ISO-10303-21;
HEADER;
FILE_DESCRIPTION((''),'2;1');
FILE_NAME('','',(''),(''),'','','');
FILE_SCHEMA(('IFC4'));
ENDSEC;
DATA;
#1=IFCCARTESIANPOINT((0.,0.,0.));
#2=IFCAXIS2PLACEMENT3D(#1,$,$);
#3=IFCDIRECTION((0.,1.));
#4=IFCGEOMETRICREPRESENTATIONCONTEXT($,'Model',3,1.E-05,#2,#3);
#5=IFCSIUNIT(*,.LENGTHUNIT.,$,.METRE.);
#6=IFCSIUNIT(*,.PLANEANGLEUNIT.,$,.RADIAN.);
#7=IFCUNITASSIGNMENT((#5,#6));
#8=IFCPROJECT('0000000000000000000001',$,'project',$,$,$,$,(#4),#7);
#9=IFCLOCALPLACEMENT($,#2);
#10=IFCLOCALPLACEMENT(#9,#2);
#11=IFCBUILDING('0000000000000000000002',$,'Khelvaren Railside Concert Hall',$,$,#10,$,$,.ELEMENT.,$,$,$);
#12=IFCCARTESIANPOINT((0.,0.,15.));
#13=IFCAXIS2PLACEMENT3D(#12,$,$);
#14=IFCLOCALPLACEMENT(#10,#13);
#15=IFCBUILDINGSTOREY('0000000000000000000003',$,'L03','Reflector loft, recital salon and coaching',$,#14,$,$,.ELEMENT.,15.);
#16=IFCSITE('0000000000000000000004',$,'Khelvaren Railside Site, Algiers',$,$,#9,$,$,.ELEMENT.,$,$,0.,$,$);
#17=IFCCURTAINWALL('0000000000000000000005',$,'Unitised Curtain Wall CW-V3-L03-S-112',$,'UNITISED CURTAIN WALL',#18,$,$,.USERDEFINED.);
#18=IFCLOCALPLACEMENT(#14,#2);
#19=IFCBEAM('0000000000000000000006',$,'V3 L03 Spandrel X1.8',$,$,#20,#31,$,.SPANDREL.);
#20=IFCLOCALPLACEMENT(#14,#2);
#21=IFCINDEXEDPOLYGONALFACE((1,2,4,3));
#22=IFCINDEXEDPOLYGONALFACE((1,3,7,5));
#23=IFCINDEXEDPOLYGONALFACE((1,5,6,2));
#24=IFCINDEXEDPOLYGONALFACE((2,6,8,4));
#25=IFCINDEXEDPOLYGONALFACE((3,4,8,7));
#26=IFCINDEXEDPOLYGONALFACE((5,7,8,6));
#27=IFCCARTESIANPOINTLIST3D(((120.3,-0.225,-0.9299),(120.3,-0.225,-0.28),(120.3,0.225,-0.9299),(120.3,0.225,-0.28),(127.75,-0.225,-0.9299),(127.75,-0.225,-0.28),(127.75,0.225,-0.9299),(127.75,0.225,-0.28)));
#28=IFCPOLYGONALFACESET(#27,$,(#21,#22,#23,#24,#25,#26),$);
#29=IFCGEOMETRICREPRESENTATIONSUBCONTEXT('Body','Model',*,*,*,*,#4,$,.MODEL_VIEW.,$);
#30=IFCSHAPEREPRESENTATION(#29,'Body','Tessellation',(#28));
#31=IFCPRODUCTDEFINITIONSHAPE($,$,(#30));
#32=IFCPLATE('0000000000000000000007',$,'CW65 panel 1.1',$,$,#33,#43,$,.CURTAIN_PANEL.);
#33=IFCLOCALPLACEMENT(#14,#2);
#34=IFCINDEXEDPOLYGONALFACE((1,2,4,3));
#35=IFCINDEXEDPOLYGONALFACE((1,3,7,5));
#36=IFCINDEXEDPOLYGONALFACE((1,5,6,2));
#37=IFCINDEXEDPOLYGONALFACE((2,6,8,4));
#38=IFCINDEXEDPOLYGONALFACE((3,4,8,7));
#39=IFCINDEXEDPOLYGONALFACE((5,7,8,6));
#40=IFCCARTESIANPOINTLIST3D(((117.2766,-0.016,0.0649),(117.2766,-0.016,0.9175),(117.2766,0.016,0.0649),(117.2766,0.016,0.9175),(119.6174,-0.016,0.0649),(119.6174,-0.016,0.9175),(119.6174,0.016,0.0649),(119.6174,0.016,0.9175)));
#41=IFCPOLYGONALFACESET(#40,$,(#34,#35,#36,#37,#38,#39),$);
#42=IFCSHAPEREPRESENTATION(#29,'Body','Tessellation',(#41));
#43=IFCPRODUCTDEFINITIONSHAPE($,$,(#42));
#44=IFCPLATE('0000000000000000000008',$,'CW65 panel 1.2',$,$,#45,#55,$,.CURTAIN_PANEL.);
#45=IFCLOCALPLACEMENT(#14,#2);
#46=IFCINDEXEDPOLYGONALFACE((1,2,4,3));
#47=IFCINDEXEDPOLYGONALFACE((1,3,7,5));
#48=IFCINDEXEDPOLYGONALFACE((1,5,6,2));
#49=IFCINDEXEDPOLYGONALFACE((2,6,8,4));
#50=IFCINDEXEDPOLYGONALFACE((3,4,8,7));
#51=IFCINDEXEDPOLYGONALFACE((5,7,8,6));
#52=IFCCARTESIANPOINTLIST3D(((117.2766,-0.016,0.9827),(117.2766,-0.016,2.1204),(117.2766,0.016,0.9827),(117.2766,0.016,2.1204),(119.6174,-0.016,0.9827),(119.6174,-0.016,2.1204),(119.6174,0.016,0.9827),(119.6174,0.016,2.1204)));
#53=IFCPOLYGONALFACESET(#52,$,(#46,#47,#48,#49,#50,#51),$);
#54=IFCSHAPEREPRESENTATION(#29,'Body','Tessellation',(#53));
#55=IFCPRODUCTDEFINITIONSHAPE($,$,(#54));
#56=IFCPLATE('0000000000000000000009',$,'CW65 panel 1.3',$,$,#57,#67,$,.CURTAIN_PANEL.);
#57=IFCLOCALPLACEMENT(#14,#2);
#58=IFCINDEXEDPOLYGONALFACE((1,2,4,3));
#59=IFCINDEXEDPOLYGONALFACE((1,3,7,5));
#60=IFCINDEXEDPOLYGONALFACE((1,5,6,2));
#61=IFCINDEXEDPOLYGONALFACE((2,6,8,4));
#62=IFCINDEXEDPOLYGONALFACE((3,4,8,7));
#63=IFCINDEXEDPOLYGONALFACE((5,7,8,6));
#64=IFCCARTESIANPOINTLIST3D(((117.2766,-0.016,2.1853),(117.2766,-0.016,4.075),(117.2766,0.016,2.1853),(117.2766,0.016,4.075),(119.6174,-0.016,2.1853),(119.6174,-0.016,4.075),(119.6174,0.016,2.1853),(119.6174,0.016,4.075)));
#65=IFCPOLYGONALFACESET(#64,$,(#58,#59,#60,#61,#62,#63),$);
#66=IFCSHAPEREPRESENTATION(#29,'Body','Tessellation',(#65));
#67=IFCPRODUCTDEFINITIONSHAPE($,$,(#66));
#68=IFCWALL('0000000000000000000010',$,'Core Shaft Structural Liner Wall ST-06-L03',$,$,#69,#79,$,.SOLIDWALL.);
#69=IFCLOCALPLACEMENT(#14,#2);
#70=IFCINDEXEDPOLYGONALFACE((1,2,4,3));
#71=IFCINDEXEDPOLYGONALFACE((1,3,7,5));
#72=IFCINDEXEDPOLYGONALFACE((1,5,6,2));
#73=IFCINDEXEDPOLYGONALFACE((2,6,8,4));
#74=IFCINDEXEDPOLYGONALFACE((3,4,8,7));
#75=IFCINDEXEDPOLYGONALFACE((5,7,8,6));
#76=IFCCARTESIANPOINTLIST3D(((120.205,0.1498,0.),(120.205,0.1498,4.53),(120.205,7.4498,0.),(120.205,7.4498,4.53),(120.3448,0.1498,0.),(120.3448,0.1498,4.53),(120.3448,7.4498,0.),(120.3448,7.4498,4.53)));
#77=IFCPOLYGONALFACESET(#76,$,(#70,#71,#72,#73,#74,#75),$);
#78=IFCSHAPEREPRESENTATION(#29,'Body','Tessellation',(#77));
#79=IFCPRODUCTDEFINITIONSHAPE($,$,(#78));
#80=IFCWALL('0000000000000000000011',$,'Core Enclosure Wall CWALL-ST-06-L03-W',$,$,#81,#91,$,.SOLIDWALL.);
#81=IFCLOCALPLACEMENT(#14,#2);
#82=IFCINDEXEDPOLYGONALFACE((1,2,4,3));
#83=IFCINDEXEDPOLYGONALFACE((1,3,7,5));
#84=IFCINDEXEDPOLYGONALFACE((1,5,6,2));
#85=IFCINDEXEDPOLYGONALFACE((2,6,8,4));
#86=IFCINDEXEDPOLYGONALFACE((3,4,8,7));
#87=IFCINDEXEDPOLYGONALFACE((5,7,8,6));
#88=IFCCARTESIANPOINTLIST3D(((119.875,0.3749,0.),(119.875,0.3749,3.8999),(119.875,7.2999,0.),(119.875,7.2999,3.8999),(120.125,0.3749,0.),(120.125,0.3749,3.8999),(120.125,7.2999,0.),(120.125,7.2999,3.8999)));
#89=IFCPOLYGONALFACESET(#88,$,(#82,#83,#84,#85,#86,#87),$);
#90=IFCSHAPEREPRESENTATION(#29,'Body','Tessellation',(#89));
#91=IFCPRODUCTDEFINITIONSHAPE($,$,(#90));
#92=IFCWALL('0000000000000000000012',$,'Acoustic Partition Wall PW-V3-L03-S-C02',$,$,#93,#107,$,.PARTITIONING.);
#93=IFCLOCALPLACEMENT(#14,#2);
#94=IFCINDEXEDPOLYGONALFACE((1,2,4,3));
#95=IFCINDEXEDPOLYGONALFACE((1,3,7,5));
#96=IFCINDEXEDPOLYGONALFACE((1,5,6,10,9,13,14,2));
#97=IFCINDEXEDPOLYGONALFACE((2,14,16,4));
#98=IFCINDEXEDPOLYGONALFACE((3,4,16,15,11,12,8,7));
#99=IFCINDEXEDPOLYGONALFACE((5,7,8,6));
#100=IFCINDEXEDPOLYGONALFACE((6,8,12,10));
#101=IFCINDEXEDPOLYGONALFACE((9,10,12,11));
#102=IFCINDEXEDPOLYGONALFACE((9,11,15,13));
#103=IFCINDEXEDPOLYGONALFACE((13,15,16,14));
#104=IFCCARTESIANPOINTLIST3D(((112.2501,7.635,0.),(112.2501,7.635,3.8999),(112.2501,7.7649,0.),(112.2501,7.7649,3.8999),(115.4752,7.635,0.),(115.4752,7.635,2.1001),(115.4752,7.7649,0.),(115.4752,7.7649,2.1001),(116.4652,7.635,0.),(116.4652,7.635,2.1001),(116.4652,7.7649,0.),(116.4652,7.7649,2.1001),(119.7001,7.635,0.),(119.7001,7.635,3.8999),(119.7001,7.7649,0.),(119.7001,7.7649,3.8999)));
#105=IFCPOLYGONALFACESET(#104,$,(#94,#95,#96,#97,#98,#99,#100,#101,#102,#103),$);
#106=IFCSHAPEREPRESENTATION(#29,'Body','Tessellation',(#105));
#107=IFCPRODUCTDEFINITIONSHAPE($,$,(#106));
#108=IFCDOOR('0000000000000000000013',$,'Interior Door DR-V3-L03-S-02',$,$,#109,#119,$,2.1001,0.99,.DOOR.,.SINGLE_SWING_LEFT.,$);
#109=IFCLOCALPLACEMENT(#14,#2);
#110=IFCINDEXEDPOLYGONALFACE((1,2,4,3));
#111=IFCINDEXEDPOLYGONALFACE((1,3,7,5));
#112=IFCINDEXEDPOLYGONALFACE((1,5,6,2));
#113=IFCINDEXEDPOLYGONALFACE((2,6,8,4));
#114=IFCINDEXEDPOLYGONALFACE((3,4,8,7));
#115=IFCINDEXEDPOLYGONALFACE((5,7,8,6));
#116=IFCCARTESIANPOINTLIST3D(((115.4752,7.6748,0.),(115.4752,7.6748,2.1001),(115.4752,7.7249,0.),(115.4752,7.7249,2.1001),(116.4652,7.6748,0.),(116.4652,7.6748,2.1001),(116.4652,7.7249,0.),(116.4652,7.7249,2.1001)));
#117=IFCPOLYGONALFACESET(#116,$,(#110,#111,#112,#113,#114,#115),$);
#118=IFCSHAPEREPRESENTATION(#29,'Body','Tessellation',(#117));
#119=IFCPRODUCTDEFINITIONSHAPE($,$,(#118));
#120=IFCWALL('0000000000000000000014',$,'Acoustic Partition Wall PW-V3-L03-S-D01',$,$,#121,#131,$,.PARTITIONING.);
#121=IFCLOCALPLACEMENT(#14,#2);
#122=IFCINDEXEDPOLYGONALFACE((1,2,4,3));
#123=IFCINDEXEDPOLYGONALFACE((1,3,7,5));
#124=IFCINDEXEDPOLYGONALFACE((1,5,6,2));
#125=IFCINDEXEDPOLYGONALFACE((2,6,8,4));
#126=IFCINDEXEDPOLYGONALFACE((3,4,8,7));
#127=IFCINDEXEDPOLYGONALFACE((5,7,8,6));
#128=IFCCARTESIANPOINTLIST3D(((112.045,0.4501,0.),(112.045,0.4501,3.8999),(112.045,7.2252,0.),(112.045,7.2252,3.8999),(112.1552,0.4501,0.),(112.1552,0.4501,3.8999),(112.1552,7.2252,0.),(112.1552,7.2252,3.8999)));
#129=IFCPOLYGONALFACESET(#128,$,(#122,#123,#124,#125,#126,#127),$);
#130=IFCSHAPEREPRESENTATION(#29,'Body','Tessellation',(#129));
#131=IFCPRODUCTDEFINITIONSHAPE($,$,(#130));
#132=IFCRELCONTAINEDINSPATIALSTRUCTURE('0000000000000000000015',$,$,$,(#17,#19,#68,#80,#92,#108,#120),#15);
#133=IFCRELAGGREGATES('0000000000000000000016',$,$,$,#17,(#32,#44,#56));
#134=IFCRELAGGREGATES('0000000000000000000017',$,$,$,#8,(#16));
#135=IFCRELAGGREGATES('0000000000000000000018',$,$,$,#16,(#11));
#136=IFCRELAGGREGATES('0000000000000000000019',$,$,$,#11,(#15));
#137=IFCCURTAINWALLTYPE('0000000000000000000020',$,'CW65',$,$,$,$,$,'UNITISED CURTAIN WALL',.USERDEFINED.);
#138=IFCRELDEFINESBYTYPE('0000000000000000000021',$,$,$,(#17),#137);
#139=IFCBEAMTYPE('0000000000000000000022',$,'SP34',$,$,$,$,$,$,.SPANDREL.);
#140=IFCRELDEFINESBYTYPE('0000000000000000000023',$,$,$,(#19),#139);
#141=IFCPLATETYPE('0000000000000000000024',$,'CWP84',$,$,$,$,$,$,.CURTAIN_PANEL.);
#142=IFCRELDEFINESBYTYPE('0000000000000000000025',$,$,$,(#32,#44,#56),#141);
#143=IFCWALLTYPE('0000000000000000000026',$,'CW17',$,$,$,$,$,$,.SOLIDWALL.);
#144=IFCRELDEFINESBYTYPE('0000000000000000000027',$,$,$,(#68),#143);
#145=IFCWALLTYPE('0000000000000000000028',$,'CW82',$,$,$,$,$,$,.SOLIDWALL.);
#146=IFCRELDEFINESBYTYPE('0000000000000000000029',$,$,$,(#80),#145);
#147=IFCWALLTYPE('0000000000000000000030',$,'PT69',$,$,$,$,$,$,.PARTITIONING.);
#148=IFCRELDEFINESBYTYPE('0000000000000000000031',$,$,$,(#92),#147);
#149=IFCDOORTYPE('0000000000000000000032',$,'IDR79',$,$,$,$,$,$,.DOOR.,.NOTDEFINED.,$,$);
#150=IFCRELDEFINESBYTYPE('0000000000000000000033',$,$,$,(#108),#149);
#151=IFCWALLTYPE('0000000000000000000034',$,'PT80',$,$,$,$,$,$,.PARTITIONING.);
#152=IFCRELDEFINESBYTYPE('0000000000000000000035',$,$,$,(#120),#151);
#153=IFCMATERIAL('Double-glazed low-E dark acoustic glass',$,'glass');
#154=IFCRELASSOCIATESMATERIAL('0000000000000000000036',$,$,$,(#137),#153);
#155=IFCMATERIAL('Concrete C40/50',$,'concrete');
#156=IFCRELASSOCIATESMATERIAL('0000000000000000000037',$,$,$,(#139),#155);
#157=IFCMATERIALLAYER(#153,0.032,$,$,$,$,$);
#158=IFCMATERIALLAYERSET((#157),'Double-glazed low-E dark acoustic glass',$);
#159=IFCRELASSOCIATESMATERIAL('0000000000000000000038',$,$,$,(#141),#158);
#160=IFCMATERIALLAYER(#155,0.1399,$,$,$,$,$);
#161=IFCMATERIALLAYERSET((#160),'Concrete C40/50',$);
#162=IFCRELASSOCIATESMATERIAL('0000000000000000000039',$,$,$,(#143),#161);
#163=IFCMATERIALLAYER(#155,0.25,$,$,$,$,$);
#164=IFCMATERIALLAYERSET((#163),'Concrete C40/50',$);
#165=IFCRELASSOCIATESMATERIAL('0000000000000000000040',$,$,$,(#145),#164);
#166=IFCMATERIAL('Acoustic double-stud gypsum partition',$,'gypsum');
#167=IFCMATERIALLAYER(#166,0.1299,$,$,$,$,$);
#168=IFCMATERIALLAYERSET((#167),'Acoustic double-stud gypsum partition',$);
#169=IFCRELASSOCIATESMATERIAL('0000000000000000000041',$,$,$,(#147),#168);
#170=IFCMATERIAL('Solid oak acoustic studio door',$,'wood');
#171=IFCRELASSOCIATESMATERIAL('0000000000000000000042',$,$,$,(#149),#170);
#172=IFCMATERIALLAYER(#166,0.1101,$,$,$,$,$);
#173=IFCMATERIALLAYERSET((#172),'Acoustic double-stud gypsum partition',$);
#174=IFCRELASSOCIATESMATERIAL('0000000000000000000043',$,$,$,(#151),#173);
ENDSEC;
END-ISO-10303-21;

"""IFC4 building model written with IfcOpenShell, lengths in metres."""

from ifc_helpers import new_model, si_unit, direction, frame, frame_2d, origin, origin_2d, place, context, subcontext, project, spatial, rectangle, extrude, material, layer, layer_set, material_profile, profile_set, type_object, element, fill, aggregate, save


model = new_model("IFC4")

# Units and contexts
model_context = context("Model", 3, precision=1e-05, world=origin(), true_north=direction((0.0, 1.0)))
body_context = subcontext(model_context, "Body", "Model", "MODEL_VIEW")
ifc_project = project(units=[si_unit("LENGTHUNIT", "METRE"), si_unit("PLANEANGLEUNIT", "RADIAN")], contexts=[model_context])

# Site, building, storey
site_placement = place(None, origin())
site = spatial("IfcSite", under=ifc_project, at=site_placement, Name="Khelvaren Railside Site, Algiers", CompositionType="ELEMENT", RefElevation=0.0)
building_placement = place(site_placement, origin())
building = spatial("IfcBuilding", under=site, at=building_placement, Name="Khelvaren Railside Concert Hall", CompositionType="ELEMENT")
storey_placement = place(building_placement, frame((0.0, 0.0, 15.0)))
storey = spatial("IfcBuildingStorey", under=building, at=storey_placement, Name="L03", Description="Reflector loft, recital salon and coaching", CompositionType="ELEMENT", Elevation=15.0)

# Curtain wall
ifc_material_1 = material(Name="Double-glazed low-E dark acoustic glass", Category="glass")
curtain_wall_type = type_object("IfcCurtainWallType", Name="CW65", ElementType="UNITISED CURTAIN WALL", PredefinedType="USERDEFINED", material=ifc_material_1)
curtain_wall_placement = place(storey_placement, origin())
curtain_wall = element("IfcCurtainWall", 1, at=curtain_wall_placement, inside=storey, type_object=curtain_wall_type, Name="Unitised Curtain Wall CW-V3-L03-S-112", ObjectType="UNITISED CURTAIN WALL", PredefinedType="USERDEFINED")

# Beam
ifc_material_2 = material(Name="Concrete C40/50", Category="concrete")
ifc_material_profile_1 = material_profile(ifc_material_2, rectangle(XDim=0.45, YDim=0.6499, at=origin_2d()), Name="RCB 450x650")
ifc_profile_set_1 = profile_set([ifc_material_profile_1], Name="Concrete C40/50")
beam_type_1 = type_object("IfcBeamType", Name="SP34", PredefinedType="SPANDREL", material=ifc_profile_set_1)
beam_1_placement = place(storey_placement, frame((120.3, 0.0, -0.605), z_axis=(1.0, 0.0, 0.0), x_axis=(0.0, 1.0, 0.0)))
element("IfcBeam", 2, at=beam_1_placement, inside=storey, type_object=beam_type_1, Name="V3 L03 Spandrel X1.8", PredefinedType="SPANDREL", context=body_context, shape_type="SweptSolid", body=[
    extrude(rectangle(XDim=0.45, YDim=0.6499, at=origin_2d()), origin(), (0.0, 0.0, 1.0), 7.45),
])

# Plates
ifc_layer_1 = layer(ifc_material_1, 0.032)
ifc_layer_set_1 = layer_set([ifc_layer_1], Name="Double-glazed low-E dark acoustic glass")
plate_type = type_object("IfcPlateType", Name="CWP84", PredefinedType="CURTAIN_PANEL", material=ifc_layer_set_1)
plate_1_placement = place(storey_placement, frame((118.447, 0.0, 0.0649), z_axis=(0.0, 0.0, 1.0), x_axis=(-1.0, 0.0, 0.0)))
plate_1 = element("IfcPlate", 3, at=plate_1_placement, type_object=plate_type, Name="CW65 panel 1.1", PredefinedType="CURTAIN_PANEL", context=body_context, shape_type="SweptSolid", body=[
    extrude(rectangle(XDim=2.3408, YDim=0.032, at=origin_2d()), origin(), (0.0, 0.0, 1.0), 0.8525),
])
plate_2_placement = place(storey_placement, frame((118.447, 0.0, 0.9827), z_axis=(0.0, 0.0, 1.0), x_axis=(-1.0, 0.0, 0.0)))
plate_2 = element("IfcPlate", 4, at=plate_2_placement, type_object=plate_type, Name="CW65 panel 1.2", PredefinedType="CURTAIN_PANEL", context=body_context, shape_type="SweptSolid", body=[
    extrude(rectangle(XDim=2.3408, YDim=0.032, at=origin_2d()), origin(), (0.0, 0.0, 1.0), 1.1377),
])
plate_3_placement = place(storey_placement, frame((118.447, 0.0, 2.1853), z_axis=(0.0, 0.0, 1.0), x_axis=(-1.0, 0.0, 0.0)))
plate_3 = element("IfcPlate", 5, at=plate_3_placement, type_object=plate_type, Name="CW65 panel 1.3", PredefinedType="CURTAIN_PANEL", context=body_context, shape_type="SweptSolid", body=[
    extrude(rectangle(XDim=2.3408, YDim=0.032, at=origin_2d()), origin(), (0.0, 0.0, 1.0), 1.8896),
])
aggregate(curtain_wall, [plate_1, plate_2, plate_3])

# Walls
ifc_layer_2 = layer(ifc_material_2, 0.1399)
ifc_layer_set_2 = layer_set([ifc_layer_2], Name="Concrete C40/50")
wall_type_1 = type_object("IfcWallType", Name="CW17", PredefinedType="SOLIDWALL", material=ifc_layer_set_2)
wall_1_placement = place(storey_placement, frame((120.2749, 0.1499, 0.0), z_axis=(0.0, 0.0, 1.0), x_axis=(0.0, 1.0, 0.0)))
element("IfcWall", 6, at=wall_1_placement, inside=storey, type_object=wall_type_1, Name="Core Shaft Structural Liner Wall ST-06-L03", PredefinedType="SOLIDWALL", context=body_context, shape_type="SweptSolid", body=[
    extrude(rectangle(XDim=7.3, YDim=0.1399, at=frame_2d((3.6499, 0.0))), origin(), (0.0, 0.0, 1.0), 4.53),
])
ifc_layer_3 = layer(ifc_material_2, 0.25)
ifc_layer_set_3 = layer_set([ifc_layer_3], Name="Concrete C40/50")
wall_type_2 = type_object("IfcWallType", Name="CW82", PredefinedType="SOLIDWALL", material=ifc_layer_set_3)
wall_2_placement = place(storey_placement, frame((120.0, 0.375, 0.0), z_axis=(0.0, 0.0, 1.0), x_axis=(0.0, 1.0, 0.0)))
element("IfcWall", 7, at=wall_2_placement, inside=storey, type_object=wall_type_2, Name="Core Enclosure Wall CWALL-ST-06-L03-W", PredefinedType="SOLIDWALL", context=body_context, shape_type="SweptSolid", body=[
    extrude(rectangle(XDim=6.925, YDim=0.25, at=frame_2d((3.4624, 0.0))), origin(), (0.0, 0.0, 1.0), 3.8999),
])

# Wall, opening, door
ifc_material_3 = material(Name="Acoustic double-stud gypsum partition", Category="gypsum")
ifc_layer_4 = layer(ifc_material_3, 0.1299)
ifc_layer_set_4 = layer_set([ifc_layer_4], Name="Acoustic double-stud gypsum partition")
wall_type_3 = type_object("IfcWallType", Name="PT69", PredefinedType="PARTITIONING", material=ifc_layer_set_4)
wall_3_placement = place(storey_placement, frame((112.25, 7.7, 0.0), z_axis=(0.0, 0.0, 1.0), x_axis=(1.0, 0.0, 0.0)))
wall_3 = element("IfcWall", 8, at=wall_3_placement, inside=storey, type_object=wall_type_3, Name="Acoustic Partition Wall PW-V3-L03-S-C02", PredefinedType="PARTITIONING", context=body_context, shape_type="SweptSolid", body=[
    extrude(rectangle(XDim=7.45, YDim=0.1299, at=frame_2d((3.7251, 0.0))), origin(), (0.0, 0.0, 1.0), 3.8999),
])
opening_placement = place(wall_3_placement, frame((3.2251, 0.0, 0.0)))
opening = element("IfcOpeningElement", 9, at=opening_placement, cuts=wall_3, PredefinedType="OPENING", context=body_context, shape_type="SweptSolid", body=[
    extrude(rectangle(XDim=0.99, YDim=2.1001, at=frame_2d((0.4951, 1.05))), frame((0.0, 0.075, 0.0), z_axis=(0.0, -1.0, 0.0), x_axis=(1.0, 0.0, 0.0)), (0.0, 0.0, 1.0), 0.1499),
])
ifc_material_4 = material(Name="Solid oak acoustic studio door", Category="wood")
door_type = type_object("IfcDoorType", Name="IDR79", OperationType="NOTDEFINED", PredefinedType="DOOR", material=ifc_material_4)
door_placement = place(opening_placement, origin())
door = element("IfcDoor", 10, at=door_placement, inside=storey, type_object=door_type, Name="Interior Door DR-V3-L03-S-02", OperationType="SINGLE_SWING_LEFT", OverallHeight=2.1001, OverallWidth=0.99, PredefinedType="DOOR", context=body_context, shape_type="SweptSolid", body=[
    extrude(rectangle(XDim=0.99, YDim=2.1001, at=frame_2d((0.4951, 1.05))), frame((0.0, 0.0249, 0.0), z_axis=(0.0, -1.0, 0.0), x_axis=(1.0, 0.0, 0.0)), (0.0, 0.0, 1.0), 0.05),
])
fill(opening, door)

# Wall
ifc_layer_5 = layer(ifc_material_3, 0.1101)
ifc_layer_set_5 = layer_set([ifc_layer_5], Name="Acoustic double-stud gypsum partition")
wall_type_4 = type_object("IfcWallType", Name="PT80", PredefinedType="PARTITIONING", material=ifc_layer_set_5)
wall_4_placement = place(storey_placement, frame((112.1001, 0.45, 0.0), z_axis=(0.0, 0.0, 1.0), x_axis=(0.0, 1.0, 0.0)))
element("IfcWall", 11, at=wall_4_placement, inside=storey, type_object=wall_type_4, Name="Acoustic Partition Wall PW-V3-L03-S-D01", PredefinedType="PARTITIONING", context=body_context, shape_type="SweptSolid", body=[
    extrude(rectangle(XDim=6.7751, YDim=0.1101, at=frame_2d((3.3877, 0.0))), origin(), (0.0, 0.0, 1.0), 3.8999),
])

save(model, "model.ifc")
